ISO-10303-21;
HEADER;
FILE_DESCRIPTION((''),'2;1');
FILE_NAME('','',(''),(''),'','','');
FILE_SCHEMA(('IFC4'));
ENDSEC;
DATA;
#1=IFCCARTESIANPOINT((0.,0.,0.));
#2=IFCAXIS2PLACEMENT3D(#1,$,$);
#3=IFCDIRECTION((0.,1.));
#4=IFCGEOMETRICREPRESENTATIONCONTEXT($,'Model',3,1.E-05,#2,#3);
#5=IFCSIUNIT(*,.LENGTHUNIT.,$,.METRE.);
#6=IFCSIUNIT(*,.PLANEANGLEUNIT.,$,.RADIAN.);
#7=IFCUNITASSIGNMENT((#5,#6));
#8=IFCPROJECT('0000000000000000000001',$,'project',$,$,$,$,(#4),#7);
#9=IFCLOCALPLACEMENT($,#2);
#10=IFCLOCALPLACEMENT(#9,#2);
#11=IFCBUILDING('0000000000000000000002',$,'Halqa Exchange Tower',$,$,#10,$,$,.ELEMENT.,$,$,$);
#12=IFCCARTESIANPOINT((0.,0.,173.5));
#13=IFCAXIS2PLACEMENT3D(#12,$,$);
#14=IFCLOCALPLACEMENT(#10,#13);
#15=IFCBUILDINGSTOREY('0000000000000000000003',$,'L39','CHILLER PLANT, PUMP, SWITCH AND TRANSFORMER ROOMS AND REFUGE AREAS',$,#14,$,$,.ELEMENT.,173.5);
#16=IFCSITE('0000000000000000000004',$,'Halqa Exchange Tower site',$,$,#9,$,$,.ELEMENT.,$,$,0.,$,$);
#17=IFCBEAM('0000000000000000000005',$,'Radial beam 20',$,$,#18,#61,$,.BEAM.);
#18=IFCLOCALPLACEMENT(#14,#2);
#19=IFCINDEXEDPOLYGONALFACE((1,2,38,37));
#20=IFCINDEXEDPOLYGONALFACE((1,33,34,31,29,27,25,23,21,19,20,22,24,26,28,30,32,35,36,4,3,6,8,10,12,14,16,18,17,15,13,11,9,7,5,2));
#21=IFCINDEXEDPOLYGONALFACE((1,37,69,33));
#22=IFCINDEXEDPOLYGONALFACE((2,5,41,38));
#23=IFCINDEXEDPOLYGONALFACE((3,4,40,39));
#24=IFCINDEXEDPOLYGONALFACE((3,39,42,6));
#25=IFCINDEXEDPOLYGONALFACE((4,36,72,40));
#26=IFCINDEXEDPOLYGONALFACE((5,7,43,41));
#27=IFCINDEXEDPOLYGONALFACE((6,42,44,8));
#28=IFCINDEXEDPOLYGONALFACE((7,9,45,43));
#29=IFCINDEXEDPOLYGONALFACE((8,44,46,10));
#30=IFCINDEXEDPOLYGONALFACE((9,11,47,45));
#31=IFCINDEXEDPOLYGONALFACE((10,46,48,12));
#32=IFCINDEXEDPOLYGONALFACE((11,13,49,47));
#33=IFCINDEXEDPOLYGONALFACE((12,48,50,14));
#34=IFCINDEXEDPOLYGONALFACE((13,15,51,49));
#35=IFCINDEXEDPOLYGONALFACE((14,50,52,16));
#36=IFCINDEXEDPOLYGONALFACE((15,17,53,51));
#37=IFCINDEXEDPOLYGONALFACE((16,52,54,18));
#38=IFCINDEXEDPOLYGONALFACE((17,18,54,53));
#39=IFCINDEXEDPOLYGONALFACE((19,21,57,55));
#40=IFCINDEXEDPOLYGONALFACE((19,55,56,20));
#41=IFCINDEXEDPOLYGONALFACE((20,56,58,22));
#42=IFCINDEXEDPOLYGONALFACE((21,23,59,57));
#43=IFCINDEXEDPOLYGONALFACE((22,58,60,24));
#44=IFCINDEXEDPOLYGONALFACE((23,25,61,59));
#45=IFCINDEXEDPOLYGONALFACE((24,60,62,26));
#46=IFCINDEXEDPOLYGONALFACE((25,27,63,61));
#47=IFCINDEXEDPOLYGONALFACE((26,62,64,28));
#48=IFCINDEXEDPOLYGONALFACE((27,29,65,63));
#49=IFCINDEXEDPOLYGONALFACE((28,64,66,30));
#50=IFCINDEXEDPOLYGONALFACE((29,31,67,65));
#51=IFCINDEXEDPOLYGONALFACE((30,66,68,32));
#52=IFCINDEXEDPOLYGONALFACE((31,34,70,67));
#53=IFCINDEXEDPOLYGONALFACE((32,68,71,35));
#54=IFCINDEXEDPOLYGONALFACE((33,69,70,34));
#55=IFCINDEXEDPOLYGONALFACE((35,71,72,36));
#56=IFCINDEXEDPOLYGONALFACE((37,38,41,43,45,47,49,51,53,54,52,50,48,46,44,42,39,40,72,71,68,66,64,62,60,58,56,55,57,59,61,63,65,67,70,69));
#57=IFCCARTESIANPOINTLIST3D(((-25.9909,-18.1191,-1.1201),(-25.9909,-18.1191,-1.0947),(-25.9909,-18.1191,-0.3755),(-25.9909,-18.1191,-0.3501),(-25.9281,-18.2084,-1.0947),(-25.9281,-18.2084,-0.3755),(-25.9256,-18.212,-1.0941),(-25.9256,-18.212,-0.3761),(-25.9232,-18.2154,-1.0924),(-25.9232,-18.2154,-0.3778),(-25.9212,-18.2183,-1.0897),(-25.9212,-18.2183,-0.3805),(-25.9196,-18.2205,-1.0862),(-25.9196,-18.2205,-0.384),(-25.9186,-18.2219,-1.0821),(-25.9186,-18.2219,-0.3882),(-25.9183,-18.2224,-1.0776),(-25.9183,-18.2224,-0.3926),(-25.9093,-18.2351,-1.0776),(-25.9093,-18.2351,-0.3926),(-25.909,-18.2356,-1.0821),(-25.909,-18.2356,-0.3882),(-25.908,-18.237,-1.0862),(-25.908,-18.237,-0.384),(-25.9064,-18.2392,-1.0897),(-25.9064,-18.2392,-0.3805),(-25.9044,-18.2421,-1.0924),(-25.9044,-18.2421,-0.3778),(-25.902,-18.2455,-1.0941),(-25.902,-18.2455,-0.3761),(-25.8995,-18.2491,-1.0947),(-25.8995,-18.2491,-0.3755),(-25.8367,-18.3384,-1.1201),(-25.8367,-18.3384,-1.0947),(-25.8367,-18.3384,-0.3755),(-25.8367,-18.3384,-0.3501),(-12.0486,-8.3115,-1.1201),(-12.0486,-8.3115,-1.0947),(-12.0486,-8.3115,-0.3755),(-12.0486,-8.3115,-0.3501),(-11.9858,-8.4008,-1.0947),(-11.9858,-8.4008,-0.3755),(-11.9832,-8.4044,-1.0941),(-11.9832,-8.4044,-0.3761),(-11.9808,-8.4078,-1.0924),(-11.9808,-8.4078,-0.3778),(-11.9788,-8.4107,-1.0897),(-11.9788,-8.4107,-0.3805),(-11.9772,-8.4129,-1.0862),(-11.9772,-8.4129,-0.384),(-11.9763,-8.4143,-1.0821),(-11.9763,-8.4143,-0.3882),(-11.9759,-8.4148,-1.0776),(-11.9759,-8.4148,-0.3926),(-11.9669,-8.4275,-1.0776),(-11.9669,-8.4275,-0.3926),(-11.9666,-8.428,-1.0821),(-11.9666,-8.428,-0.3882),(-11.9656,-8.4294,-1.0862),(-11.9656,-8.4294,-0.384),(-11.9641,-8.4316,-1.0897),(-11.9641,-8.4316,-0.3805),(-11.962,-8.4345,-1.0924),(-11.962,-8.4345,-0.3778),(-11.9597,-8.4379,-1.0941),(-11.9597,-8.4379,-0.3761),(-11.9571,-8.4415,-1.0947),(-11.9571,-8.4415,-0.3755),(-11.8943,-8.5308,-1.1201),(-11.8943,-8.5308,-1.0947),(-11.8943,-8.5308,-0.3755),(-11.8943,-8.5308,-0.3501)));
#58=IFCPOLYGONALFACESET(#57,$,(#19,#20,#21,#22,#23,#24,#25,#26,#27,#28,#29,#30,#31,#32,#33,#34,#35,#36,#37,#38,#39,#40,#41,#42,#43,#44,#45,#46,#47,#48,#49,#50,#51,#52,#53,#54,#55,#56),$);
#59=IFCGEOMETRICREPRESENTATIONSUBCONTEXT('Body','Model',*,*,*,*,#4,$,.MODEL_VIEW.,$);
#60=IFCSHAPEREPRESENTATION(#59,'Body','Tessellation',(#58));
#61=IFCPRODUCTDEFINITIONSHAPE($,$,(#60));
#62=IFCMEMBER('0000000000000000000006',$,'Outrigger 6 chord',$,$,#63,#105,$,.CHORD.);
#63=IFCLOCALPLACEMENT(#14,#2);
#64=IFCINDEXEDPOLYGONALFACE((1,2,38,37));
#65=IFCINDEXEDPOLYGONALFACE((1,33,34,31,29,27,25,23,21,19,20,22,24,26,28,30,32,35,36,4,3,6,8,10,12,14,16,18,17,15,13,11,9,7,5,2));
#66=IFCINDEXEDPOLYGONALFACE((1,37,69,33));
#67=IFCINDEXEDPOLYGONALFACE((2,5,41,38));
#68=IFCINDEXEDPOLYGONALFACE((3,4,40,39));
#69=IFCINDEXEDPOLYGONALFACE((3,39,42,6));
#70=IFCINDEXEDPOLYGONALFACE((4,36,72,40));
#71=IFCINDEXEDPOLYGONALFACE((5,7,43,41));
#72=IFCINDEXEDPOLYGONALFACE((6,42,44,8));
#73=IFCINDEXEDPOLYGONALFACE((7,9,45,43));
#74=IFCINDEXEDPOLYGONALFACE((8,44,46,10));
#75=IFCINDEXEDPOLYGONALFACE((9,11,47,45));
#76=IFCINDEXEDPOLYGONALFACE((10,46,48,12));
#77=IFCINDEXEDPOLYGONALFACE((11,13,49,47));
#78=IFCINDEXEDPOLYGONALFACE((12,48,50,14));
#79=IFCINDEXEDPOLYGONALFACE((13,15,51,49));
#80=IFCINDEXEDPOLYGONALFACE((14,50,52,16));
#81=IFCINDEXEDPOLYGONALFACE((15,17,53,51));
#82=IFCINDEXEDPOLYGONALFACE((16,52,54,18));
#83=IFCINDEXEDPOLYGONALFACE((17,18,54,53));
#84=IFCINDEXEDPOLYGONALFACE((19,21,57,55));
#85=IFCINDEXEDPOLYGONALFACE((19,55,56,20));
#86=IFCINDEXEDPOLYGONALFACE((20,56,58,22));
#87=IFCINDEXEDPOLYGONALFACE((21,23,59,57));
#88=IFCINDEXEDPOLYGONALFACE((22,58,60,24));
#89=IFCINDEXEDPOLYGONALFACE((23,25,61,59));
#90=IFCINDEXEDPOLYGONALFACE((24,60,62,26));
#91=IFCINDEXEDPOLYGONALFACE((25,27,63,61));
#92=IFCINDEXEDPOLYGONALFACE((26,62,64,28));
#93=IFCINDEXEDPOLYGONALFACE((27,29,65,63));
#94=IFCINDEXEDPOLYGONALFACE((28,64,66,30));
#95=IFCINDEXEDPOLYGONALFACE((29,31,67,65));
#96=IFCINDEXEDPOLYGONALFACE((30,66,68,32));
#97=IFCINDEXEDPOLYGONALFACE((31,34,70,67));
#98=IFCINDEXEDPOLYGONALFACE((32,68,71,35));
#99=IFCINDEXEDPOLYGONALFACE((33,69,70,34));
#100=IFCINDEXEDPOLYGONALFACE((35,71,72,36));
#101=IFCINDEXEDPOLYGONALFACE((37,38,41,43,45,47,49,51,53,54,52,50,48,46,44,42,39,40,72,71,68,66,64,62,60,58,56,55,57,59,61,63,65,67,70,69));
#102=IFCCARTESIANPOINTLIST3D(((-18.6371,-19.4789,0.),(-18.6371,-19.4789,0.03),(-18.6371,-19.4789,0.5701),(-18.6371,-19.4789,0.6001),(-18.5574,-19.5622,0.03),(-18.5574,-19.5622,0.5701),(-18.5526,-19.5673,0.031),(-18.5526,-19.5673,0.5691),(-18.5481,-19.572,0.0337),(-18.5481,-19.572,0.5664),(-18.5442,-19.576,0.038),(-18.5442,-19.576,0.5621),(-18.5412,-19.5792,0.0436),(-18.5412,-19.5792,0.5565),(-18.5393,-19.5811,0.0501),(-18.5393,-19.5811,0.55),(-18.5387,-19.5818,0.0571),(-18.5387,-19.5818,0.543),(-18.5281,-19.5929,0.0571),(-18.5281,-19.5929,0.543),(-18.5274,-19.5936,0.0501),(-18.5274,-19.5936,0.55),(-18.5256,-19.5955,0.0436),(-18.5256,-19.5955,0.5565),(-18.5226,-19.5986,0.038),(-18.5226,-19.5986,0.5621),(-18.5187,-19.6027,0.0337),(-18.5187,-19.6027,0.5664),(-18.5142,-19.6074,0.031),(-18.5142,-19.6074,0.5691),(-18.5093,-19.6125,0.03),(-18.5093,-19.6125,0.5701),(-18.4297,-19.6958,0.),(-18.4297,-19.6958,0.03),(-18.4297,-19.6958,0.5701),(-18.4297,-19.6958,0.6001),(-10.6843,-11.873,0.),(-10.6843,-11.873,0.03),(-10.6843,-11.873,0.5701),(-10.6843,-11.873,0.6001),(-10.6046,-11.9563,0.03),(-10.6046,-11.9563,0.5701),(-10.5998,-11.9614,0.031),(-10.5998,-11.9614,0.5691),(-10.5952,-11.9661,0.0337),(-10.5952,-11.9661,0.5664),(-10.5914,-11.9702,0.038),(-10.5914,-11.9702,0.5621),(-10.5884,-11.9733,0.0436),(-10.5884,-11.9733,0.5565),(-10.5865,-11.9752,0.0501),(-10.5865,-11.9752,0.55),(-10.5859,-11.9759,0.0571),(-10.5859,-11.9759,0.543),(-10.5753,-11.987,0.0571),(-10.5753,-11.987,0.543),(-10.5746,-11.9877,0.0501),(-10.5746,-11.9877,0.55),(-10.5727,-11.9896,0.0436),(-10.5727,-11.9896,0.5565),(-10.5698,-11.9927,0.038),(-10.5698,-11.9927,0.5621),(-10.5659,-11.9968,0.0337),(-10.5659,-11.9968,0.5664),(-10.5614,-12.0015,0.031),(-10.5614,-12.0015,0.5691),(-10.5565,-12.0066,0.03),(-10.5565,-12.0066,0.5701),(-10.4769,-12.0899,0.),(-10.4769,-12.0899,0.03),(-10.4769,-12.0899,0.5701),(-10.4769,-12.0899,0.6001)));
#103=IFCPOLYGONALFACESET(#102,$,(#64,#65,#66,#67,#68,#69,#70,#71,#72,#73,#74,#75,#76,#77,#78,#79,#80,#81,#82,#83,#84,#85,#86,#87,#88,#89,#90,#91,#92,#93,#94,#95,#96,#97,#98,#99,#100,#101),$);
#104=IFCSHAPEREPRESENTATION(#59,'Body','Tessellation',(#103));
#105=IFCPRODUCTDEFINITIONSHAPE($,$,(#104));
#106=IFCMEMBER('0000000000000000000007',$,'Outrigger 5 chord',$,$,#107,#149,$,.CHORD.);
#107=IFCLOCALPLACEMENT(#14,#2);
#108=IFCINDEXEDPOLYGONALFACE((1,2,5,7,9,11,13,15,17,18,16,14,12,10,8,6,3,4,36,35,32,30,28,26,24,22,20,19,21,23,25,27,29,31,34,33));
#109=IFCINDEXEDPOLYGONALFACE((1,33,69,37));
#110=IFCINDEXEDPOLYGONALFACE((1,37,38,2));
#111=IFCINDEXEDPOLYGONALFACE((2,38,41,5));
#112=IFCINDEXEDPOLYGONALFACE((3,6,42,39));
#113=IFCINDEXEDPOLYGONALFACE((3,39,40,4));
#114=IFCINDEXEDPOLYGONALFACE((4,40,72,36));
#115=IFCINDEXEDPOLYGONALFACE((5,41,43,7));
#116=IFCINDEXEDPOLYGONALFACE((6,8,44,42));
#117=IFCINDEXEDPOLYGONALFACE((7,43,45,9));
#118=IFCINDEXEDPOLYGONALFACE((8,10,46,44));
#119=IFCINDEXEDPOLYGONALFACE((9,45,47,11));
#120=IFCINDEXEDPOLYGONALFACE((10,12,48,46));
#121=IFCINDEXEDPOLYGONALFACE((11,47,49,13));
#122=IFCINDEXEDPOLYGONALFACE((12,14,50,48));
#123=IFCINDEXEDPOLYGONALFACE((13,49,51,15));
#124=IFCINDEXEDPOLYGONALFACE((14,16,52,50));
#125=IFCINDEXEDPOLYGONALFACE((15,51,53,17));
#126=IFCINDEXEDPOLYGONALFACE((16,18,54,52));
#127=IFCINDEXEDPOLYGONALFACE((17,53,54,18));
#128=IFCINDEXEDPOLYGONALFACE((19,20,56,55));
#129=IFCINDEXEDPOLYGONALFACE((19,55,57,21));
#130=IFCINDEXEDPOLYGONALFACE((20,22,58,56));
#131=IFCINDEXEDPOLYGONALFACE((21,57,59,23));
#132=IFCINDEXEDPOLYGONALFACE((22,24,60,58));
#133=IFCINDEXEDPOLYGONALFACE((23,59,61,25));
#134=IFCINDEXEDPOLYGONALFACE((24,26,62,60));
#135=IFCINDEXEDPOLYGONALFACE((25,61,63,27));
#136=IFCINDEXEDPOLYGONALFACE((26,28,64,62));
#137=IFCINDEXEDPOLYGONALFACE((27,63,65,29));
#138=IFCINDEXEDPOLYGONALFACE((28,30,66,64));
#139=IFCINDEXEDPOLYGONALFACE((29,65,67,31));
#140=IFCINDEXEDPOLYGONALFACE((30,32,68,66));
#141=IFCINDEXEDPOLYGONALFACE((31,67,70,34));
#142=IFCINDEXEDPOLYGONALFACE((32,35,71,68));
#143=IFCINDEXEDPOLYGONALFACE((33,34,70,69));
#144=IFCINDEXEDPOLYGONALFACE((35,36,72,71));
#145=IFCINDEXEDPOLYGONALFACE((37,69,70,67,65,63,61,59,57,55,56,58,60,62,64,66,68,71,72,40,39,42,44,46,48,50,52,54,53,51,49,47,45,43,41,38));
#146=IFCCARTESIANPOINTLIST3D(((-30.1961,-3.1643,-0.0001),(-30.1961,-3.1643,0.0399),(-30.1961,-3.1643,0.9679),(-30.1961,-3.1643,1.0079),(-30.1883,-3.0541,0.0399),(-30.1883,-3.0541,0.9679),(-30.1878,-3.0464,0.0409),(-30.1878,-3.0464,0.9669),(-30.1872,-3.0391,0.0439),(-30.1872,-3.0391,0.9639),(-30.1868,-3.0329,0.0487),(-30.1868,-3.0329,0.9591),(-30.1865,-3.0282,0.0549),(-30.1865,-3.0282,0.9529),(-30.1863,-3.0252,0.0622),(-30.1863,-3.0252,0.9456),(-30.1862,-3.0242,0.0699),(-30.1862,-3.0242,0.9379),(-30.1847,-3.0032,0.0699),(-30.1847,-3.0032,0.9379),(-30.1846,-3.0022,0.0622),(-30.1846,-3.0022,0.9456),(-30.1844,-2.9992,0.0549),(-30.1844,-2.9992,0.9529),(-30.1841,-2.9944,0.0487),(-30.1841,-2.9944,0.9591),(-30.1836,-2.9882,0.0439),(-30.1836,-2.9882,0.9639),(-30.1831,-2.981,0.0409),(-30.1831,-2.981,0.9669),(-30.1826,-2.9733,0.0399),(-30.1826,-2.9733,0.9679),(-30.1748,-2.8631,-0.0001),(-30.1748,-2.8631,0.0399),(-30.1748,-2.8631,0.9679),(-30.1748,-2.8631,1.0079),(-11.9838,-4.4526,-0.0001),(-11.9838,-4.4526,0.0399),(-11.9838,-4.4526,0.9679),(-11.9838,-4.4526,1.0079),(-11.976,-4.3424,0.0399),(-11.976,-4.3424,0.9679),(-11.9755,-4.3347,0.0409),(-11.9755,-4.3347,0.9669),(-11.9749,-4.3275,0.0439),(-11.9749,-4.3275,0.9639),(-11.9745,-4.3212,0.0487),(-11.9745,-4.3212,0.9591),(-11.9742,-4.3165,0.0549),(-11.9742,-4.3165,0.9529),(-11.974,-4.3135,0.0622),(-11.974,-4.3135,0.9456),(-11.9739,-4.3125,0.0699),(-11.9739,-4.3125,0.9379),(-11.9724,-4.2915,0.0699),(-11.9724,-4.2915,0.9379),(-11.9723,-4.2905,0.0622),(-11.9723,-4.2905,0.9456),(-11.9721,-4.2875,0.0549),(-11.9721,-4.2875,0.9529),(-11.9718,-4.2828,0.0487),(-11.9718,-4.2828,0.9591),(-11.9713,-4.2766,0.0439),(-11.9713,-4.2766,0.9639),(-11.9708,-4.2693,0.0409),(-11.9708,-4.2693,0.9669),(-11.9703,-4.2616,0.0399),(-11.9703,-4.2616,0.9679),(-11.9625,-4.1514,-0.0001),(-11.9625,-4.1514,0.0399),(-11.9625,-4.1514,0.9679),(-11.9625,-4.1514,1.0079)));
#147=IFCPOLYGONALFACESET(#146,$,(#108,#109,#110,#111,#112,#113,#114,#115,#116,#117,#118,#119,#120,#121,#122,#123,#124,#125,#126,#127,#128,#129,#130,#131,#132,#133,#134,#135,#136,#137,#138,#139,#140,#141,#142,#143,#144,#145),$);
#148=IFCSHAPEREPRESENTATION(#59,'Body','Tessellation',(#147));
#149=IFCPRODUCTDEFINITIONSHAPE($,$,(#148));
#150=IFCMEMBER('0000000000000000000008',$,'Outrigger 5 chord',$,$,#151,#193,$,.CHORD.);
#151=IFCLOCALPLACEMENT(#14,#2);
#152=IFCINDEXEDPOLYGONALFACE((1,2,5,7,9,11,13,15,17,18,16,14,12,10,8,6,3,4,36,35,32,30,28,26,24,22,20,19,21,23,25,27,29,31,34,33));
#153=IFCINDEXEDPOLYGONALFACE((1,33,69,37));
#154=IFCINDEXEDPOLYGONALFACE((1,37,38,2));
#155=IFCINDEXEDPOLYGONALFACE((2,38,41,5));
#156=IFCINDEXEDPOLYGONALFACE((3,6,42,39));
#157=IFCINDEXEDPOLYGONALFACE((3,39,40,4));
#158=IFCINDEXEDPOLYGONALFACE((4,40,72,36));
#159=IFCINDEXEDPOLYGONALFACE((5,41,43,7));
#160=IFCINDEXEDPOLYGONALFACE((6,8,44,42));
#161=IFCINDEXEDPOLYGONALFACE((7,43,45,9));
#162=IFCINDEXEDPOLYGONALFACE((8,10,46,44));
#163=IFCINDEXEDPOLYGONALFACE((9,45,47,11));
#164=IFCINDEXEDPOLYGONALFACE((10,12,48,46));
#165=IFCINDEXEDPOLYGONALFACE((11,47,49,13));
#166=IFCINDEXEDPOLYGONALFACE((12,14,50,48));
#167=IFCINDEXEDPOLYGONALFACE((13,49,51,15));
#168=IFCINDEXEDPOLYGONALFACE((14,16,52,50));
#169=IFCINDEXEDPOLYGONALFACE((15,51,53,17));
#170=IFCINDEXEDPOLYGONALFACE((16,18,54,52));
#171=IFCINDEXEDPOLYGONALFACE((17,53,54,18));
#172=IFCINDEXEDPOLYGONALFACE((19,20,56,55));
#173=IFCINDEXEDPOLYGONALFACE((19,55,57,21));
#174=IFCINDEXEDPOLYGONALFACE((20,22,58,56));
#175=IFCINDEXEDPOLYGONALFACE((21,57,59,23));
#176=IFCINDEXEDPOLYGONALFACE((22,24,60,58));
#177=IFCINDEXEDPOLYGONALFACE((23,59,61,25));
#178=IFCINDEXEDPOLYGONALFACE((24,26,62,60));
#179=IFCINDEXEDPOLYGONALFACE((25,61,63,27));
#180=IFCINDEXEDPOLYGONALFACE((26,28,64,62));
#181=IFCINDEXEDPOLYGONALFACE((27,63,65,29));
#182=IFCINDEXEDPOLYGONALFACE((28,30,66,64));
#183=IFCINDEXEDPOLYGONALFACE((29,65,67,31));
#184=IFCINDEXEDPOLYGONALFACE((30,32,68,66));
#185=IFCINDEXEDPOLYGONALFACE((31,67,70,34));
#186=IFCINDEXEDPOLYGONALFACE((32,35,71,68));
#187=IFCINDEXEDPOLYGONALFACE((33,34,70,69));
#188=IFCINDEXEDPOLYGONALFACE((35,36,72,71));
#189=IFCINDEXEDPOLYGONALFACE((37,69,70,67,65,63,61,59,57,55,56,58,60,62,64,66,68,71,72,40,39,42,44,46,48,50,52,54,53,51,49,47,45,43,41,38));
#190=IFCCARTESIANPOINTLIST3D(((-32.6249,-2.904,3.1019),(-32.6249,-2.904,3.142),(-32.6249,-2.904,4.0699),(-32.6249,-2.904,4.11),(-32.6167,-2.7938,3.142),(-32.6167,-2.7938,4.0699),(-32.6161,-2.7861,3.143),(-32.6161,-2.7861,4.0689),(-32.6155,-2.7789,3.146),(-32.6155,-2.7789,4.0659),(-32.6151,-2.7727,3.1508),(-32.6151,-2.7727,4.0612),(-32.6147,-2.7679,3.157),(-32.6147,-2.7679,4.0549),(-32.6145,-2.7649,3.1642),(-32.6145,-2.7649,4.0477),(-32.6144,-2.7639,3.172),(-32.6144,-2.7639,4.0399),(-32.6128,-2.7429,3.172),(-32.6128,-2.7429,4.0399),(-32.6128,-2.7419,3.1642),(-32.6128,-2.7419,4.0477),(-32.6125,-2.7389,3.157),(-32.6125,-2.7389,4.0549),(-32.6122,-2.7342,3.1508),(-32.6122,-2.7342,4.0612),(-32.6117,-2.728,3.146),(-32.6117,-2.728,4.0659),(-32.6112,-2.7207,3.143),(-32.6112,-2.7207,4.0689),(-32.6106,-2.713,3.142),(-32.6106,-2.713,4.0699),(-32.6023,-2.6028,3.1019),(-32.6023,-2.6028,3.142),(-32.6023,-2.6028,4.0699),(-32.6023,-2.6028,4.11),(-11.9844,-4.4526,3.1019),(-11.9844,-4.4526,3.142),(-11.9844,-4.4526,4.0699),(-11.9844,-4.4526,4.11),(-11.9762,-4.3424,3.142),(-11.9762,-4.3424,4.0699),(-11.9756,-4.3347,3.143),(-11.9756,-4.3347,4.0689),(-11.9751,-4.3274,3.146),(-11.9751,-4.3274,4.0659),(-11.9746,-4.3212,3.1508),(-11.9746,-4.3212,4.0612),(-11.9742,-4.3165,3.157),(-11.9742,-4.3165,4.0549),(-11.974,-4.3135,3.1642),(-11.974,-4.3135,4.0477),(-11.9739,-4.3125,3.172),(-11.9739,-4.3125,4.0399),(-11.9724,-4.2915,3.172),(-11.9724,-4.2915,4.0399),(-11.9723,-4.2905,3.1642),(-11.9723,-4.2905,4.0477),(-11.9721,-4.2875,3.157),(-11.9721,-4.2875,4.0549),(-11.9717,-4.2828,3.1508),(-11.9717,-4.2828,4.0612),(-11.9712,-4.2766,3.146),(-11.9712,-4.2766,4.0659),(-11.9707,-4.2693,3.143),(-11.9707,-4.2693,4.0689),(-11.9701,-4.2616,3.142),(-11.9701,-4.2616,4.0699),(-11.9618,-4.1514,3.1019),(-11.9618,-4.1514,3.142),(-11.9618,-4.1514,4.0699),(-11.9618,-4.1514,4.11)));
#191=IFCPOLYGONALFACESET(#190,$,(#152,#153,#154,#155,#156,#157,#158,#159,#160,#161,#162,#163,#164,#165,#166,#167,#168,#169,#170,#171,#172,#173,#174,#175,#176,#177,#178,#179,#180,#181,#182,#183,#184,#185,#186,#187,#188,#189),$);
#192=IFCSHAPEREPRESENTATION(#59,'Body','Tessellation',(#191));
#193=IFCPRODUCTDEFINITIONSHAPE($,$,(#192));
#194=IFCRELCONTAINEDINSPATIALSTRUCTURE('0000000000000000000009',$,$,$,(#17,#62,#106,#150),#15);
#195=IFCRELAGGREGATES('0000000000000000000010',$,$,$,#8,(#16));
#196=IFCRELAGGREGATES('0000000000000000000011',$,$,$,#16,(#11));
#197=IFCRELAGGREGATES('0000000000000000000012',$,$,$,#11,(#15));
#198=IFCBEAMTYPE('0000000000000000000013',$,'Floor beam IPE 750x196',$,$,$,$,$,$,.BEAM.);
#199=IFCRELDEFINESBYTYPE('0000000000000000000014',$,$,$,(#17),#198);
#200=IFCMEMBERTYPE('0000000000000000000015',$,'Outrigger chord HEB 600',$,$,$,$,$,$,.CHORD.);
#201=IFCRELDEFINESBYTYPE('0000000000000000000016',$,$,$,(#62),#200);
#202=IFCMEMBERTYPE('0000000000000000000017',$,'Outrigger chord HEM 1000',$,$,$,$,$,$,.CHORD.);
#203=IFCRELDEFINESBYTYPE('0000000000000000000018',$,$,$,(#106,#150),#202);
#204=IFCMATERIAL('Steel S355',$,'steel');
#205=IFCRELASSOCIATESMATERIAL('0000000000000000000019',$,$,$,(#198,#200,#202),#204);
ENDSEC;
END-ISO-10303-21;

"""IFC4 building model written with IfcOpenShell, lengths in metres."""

from ifc_helpers import new_model, si_unit, direction, frame, origin, origin_2d, place, context, subcontext, project, spatial, i_section, extrude, material, material_profile, profile_set, type_object, element, save


model = new_model("IFC4")

# Units and contexts
model_context = context("Model", 3, precision=1e-05, world=origin(), true_north=direction((0.0, 1.0)))
body_context = subcontext(model_context, "Body", "Model", "MODEL_VIEW")
ifc_project = project(units=[si_unit("LENGTHUNIT", "METRE"), si_unit("PLANEANGLEUNIT", "RADIAN")], contexts=[model_context])

# Site, building, storey
site_placement = place(None, origin())
site = spatial("IfcSite", under=ifc_project, at=site_placement, Name="Halqa Exchange Tower site", CompositionType="ELEMENT", RefElevation=0.0)
building_placement = place(site_placement, origin())
building = spatial("IfcBuilding", under=site, at=building_placement, Name="Halqa Exchange Tower", CompositionType="ELEMENT")
storey_placement = place(building_placement, frame((0.0, 0.0, 173.5)))
storey = spatial("IfcBuildingStorey", under=building, at=storey_placement, Name="L39", Description="CHILLER PLANT, PUMP, SWITCH AND TRANSFORMER ROOMS AND REFUGE AREAS", CompositionType="ELEMENT", Elevation=173.5)

# Beam
ifc_material_1 = material(Name="Steel S355", Category="steel")
ifc_material_profile_1 = material_profile(ifc_material_1, i_section(OverallWidth=0.2681, OverallDepth=0.77, WebThickness=0.0156, FlangeThickness=0.0254, FilletRadius=0.0171, at=origin_2d()), Name="IPE 750x196")
ifc_profile_set_1 = profile_set([ifc_material_profile_1], Name="Steel S355")
beam_type_1 = type_object("IfcBeamType", Name="Floor beam IPE 750x196", PredefinedType="BEAM", material=ifc_profile_set_1)
beam_1_placement = place(storey_placement, frame((-11.9714, -8.4211, -0.7351), z_axis=(-0.817908, -0.575349, 0.0), x_axis=(0.575349, -0.817908, 0.0)))
element("IfcBeam", 1, at=beam_1_placement, inside=storey, type_object=beam_type_1, Name="Radial beam 20", PredefinedType="BEAM", context=body_context, shape_type="SweptSolid", body=[
    extrude(i_section(OverallWidth=0.2681, OverallDepth=0.77, WebThickness=0.0156, FlangeThickness=0.0254, FilletRadius=0.0171, at=origin_2d()), origin(), (0.0, 0.0, 1.0), 17.0464),
])

# Members
ifc_material_profile_2 = material_profile(ifc_material_1, i_section(OverallWidth=0.3, OverallDepth=0.6001, WebThickness=0.0154, FlangeThickness=0.03, FilletRadius=0.0271, at=origin_2d()), Name="HEB 600")
ifc_profile_set_2 = profile_set([ifc_material_profile_2], Name="Steel S355")
member_type_1 = type_object("IfcMemberType", Name="Outrigger chord HEB 600", PredefinedType="CHORD", material=ifc_profile_set_2)
member_1_placement = place(storey_placement, frame((-10.5806, -11.9814, 0.3), z_axis=(-0.722694, -0.691168, 0.0), x_axis=(0.691168, -0.722694, 0.0)))
element("IfcMember", 2, at=member_1_placement, inside=storey, type_object=member_type_1, Name="Outrigger 6 chord", PredefinedType="CHORD", context=body_context, shape_type="SweptSolid", body=[
    extrude(i_section(OverallWidth=0.3, OverallDepth=0.6001, WebThickness=0.0154, FlangeThickness=0.03, FilletRadius=0.0271, at=origin_2d()), origin(), (0.0, 0.0, 1.0), 11.0044),
])
ifc_material_profile_3 = material_profile(ifc_material_1, i_section(OverallWidth=0.302, OverallDepth=1.0081, WebThickness=0.021, FlangeThickness=0.04, FilletRadius=0.03, at=origin_2d()), Name="HEM 1000")
ifc_profile_set_3 = profile_set([ifc_material_profile_3], Name="Steel S355")
member_type_2 = type_object("IfcMemberType", Name="Outrigger chord HEM 1000", PredefinedType="CHORD", material=ifc_profile_set_3)
member_2_placement = place(storey_placement, frame((-11.9731, -4.302, 0.5039), z_axis=(-0.997507, 0.070563, 0.0), x_axis=(-0.070563, -0.997507, 0.0)))
element("IfcMember", 3, at=member_2_placement, inside=storey, type_object=member_type_2, Name="Outrigger 5 chord", PredefinedType="CHORD", context=body_context, shape_type="SweptSolid", body=[
    extrude(i_section(OverallWidth=0.302, OverallDepth=1.0081, WebThickness=0.021, FlangeThickness=0.04, FilletRadius=0.03, at=origin_2d()), origin(), (0.0, 0.0, 1.0), 18.2578),
])
member_3_placement = place(storey_placement, frame((-11.9731, -4.302, 3.606), z_axis=(-0.997197, 0.074817, 0.0), x_axis=(-0.074817, -0.997197, 0.0)))
element("IfcMember", 4, at=member_3_placement, inside=storey, type_object=member_type_2, Name="Outrigger 5 chord", PredefinedType="CHORD", context=body_context, shape_type="SweptSolid", body=[
    extrude(i_section(OverallWidth=0.302, OverallDepth=1.0081, WebThickness=0.021, FlangeThickness=0.04, FilletRadius=0.03, at=origin_2d()), origin(), (0.0, 0.0, 1.0), 20.6985),
])

save(model, "model.ifc")
